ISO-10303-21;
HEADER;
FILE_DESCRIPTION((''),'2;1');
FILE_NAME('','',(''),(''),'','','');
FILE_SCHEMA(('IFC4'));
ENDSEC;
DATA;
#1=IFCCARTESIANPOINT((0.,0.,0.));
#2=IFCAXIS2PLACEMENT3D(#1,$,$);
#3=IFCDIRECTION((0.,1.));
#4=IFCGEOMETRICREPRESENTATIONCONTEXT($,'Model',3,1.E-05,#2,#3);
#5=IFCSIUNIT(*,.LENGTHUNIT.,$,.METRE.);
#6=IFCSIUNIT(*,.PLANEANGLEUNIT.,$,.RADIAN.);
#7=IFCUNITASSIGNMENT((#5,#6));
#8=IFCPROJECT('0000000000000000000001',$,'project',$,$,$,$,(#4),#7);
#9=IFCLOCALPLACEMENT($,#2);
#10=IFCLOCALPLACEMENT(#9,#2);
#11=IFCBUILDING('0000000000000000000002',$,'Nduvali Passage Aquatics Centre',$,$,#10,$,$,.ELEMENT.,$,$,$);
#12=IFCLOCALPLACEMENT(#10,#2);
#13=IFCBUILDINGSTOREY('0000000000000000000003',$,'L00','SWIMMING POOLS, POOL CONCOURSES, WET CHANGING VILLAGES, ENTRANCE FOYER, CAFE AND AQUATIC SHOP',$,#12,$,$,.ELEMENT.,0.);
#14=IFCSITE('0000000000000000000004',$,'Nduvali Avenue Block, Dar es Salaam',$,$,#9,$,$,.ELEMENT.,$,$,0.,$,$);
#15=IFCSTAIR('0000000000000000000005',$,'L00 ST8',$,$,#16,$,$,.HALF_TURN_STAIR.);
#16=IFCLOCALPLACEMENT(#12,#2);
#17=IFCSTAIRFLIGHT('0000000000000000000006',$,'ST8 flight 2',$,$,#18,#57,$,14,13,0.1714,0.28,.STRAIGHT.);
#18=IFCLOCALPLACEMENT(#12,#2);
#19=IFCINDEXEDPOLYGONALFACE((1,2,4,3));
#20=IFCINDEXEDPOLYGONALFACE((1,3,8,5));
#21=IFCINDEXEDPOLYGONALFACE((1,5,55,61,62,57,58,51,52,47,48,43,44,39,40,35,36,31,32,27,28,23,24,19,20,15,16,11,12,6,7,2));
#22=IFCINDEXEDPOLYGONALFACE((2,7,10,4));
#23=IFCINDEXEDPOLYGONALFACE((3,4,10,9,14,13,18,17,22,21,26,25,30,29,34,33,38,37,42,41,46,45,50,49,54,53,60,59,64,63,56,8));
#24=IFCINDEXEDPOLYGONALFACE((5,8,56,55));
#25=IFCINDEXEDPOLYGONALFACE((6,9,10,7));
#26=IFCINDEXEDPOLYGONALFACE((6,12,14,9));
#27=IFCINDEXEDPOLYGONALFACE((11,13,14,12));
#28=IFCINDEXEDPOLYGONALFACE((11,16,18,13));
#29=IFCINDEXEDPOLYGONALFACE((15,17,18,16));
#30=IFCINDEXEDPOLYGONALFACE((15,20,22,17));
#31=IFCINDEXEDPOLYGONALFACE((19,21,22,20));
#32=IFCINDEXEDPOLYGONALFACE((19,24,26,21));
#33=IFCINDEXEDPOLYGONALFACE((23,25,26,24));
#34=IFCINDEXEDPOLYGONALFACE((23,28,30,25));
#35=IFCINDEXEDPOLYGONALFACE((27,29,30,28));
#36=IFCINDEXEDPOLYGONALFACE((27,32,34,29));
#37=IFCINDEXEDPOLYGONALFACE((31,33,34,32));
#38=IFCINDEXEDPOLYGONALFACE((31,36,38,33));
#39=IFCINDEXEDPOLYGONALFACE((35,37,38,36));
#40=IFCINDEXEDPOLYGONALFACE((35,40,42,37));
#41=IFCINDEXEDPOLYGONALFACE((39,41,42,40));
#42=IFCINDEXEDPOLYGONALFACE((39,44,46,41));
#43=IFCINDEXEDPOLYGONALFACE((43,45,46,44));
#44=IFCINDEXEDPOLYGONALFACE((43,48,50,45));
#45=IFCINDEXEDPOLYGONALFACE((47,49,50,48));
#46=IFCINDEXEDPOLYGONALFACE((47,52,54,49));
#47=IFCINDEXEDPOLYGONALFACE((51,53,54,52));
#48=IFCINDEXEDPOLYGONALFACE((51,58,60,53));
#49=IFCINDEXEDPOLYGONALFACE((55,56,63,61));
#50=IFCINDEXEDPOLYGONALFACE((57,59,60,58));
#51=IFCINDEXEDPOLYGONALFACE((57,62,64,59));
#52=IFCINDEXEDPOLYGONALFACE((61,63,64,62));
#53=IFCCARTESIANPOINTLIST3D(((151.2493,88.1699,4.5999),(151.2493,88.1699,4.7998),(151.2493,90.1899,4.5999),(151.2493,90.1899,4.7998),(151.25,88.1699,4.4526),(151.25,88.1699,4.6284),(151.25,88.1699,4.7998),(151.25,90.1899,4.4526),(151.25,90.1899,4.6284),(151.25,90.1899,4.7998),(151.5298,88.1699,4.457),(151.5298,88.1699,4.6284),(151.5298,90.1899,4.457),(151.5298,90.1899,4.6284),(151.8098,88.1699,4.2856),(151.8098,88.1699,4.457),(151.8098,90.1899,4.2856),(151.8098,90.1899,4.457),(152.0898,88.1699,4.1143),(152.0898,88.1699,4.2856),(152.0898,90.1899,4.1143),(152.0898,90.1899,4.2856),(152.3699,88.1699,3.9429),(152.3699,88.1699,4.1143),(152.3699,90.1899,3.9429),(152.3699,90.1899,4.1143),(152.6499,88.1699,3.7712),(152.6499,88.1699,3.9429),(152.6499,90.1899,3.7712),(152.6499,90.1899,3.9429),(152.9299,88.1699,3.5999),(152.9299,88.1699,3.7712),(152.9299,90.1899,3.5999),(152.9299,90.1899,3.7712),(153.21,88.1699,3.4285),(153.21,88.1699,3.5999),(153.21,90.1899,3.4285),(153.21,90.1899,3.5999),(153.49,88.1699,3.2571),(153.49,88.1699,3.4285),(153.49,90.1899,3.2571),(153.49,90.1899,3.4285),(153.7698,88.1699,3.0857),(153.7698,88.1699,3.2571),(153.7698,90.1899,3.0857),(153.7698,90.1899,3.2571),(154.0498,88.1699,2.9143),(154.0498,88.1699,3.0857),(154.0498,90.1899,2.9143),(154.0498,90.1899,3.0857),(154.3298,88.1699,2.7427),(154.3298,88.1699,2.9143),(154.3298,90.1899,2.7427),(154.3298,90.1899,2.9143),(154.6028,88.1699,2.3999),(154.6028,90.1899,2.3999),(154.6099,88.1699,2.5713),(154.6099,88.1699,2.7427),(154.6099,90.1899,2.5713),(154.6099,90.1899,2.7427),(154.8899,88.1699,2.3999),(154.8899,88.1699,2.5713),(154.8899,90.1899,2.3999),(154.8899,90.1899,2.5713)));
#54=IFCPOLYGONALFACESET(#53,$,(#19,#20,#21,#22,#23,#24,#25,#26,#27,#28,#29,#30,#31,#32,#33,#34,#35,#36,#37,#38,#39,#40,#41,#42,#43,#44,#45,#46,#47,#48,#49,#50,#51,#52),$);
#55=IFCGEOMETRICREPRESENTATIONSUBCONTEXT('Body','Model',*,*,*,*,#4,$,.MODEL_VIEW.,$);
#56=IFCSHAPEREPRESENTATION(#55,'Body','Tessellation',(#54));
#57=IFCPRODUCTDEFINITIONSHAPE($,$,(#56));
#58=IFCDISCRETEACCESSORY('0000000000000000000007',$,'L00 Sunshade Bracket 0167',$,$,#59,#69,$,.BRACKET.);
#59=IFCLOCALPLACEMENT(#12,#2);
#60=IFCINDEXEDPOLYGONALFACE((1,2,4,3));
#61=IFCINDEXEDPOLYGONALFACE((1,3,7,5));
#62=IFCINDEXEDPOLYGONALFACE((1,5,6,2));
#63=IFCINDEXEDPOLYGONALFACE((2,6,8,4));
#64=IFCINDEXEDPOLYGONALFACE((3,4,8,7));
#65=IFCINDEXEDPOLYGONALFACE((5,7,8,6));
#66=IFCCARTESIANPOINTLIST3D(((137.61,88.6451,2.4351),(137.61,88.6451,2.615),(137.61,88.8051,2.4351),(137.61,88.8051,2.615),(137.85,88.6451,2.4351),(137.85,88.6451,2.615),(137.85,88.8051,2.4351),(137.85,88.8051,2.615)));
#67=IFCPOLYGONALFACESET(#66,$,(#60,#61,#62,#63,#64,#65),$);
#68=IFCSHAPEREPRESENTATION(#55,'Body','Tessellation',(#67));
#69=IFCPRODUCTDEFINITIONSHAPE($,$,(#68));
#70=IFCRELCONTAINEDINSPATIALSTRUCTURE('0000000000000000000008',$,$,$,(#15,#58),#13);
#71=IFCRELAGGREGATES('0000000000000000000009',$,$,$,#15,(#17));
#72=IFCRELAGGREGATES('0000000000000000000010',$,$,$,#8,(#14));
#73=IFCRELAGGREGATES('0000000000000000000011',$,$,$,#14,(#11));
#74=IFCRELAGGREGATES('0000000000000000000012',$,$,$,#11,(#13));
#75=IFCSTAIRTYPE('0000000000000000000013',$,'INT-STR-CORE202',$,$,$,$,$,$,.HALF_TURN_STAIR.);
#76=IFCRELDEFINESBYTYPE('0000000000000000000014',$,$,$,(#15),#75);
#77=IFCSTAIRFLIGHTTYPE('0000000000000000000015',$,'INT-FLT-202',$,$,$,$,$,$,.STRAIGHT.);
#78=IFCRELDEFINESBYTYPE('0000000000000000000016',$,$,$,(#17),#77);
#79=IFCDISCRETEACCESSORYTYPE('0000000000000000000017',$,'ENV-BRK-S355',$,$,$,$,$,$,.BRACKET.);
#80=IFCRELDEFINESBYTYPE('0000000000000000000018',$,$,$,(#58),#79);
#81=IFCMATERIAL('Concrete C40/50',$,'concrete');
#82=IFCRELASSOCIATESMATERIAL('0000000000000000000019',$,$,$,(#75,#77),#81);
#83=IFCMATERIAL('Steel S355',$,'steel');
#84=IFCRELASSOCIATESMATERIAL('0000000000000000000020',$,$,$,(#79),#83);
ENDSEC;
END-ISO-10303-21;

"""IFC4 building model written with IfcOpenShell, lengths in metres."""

from ifc_helpers import new_model, si_unit, direction, frame, origin, origin_2d, place, context, subcontext, project, spatial, polyline, rectangle, outline, extrude, material, type_object, element, aggregate, save


model = new_model("IFC4")

# Units and contexts
model_context = context("Model", 3, precision=1e-05, world=origin(), true_north=direction((0.0, 1.0)))
body_context = subcontext(model_context, "Body", "Model", "MODEL_VIEW")
ifc_project = project(units=[si_unit("LENGTHUNIT", "METRE"), si_unit("PLANEANGLEUNIT", "RADIAN")], contexts=[model_context])

# Site, building, storey
site_placement = place(None, origin())
site = spatial("IfcSite", under=ifc_project, at=site_placement, Name="Nduvali Avenue Block, Dar es Salaam", CompositionType="ELEMENT", RefElevation=0.0)
building_placement = place(site_placement, origin())
building = spatial("IfcBuilding", under=site, at=building_placement, Name="Nduvali Passage Aquatics Centre", CompositionType="ELEMENT")
storey_placement = place(building_placement, origin())
storey = spatial("IfcBuildingStorey", under=building, at=storey_placement, Name="L00", Description="SWIMMING POOLS, POOL CONCOURSES, WET CHANGING VILLAGES, ENTRANCE FOYER, CAFE AND AQUATIC SHOP", CompositionType="ELEMENT", Elevation=0.0)

# Shared definitions
ifc_material_1 = material(Name="Concrete C40/50", Category="concrete")
ifc_material_2 = material(Name="Steel S355", Category="steel")

# Stair, stair flight
stair_type = type_object("IfcStairType", Name="INT-STR-CORE202", PredefinedType="HALF_TURN_STAIR", material=ifc_material_1)
stair_placement = place(storey_placement, origin())
stair = element("IfcStair", 1, at=stair_placement, inside=storey, type_object=stair_type, Name="L00 ST8", PredefinedType="HALF_TURN_STAIR")
stair_flight_type = type_object("IfcStairFlightType", Name="INT-FLT-202", PredefinedType="STRAIGHT", material=ifc_material_1)
stair_flight_placement = place(storey_placement, frame((154.8899, 89.1799, 2.3999), z_axis=(0.0, 0.0, 1.0), x_axis=(-1.0, 0.0, 0.0)))
stair_flight = element("IfcStairFlight", 2, at=stair_flight_placement, type_object=stair_flight_type, Name="ST8 flight 2", NumberOfRisers=14, NumberOfTreads=13, PredefinedType="STRAIGHT", RiserHeight=0.1714, TreadLength=0.28, context=body_context, shape_type="SweptSolid", body=[
    extrude(outline(polyline([(0.0, 0.0), (0.0, 0.1714), (0.28, 0.1714), (0.28, 0.3428), (0.5601, 0.3428), (0.5601, 0.5144), (0.8401, 0.5144), (0.8401, 0.6858), (1.1201, 0.6858), (1.1201, 0.8572), (1.3999, 0.8572), (1.3999, 1.0286), (1.6799, 1.0286), (1.6799, 1.2), (1.96, 1.2), (1.96, 1.3713), (2.24, 1.3713), (2.24, 1.543), (2.52, 1.543), (2.52, 1.7144), (2.8, 1.7144), (2.8, 1.8857), (3.0801, 1.8857), (3.0801, 2.0571), (3.3601, 2.0571), (3.3601, 2.2285), (3.6399, 2.2285), (3.6399, 2.3999), (3.6406, 2.3999), (3.6406, 2.2), (3.6399, 2.0527), (0.2871, 0.0), (0.0, 0.0)])), frame((0.0, 1.01, 0.0), z_axis=(0.0, -1.0, 0.0), x_axis=(1.0, 0.0, 0.0)), (0.0, 0.0, 1.0), 2.02),
])
aggregate(stair, [stair_flight])

# Discrete accessory
discrete_accessory_type = type_object("IfcDiscreteAccessoryType", Name="ENV-BRK-S355", PredefinedType="BRACKET", material=ifc_material_2)
discrete_accessory_placement = place(storey_placement, frame((137.73, 88.7251, 2.4351), z_axis=(0.0, 0.0, 1.0), x_axis=(0.0, -1.0, 0.0)))
element("IfcDiscreteAccessory", 3, at=discrete_accessory_placement, inside=storey, type_object=discrete_accessory_type, Name="L00 Sunshade Bracket 0167", PredefinedType="BRACKET", context=body_context, shape_type="SweptSolid", body=[
    extrude(rectangle(XDim=0.1599, YDim=0.24, at=origin_2d()), origin(), (0.0, 0.0, 1.0), 0.1799),
])

save(model, "model.ifc")
